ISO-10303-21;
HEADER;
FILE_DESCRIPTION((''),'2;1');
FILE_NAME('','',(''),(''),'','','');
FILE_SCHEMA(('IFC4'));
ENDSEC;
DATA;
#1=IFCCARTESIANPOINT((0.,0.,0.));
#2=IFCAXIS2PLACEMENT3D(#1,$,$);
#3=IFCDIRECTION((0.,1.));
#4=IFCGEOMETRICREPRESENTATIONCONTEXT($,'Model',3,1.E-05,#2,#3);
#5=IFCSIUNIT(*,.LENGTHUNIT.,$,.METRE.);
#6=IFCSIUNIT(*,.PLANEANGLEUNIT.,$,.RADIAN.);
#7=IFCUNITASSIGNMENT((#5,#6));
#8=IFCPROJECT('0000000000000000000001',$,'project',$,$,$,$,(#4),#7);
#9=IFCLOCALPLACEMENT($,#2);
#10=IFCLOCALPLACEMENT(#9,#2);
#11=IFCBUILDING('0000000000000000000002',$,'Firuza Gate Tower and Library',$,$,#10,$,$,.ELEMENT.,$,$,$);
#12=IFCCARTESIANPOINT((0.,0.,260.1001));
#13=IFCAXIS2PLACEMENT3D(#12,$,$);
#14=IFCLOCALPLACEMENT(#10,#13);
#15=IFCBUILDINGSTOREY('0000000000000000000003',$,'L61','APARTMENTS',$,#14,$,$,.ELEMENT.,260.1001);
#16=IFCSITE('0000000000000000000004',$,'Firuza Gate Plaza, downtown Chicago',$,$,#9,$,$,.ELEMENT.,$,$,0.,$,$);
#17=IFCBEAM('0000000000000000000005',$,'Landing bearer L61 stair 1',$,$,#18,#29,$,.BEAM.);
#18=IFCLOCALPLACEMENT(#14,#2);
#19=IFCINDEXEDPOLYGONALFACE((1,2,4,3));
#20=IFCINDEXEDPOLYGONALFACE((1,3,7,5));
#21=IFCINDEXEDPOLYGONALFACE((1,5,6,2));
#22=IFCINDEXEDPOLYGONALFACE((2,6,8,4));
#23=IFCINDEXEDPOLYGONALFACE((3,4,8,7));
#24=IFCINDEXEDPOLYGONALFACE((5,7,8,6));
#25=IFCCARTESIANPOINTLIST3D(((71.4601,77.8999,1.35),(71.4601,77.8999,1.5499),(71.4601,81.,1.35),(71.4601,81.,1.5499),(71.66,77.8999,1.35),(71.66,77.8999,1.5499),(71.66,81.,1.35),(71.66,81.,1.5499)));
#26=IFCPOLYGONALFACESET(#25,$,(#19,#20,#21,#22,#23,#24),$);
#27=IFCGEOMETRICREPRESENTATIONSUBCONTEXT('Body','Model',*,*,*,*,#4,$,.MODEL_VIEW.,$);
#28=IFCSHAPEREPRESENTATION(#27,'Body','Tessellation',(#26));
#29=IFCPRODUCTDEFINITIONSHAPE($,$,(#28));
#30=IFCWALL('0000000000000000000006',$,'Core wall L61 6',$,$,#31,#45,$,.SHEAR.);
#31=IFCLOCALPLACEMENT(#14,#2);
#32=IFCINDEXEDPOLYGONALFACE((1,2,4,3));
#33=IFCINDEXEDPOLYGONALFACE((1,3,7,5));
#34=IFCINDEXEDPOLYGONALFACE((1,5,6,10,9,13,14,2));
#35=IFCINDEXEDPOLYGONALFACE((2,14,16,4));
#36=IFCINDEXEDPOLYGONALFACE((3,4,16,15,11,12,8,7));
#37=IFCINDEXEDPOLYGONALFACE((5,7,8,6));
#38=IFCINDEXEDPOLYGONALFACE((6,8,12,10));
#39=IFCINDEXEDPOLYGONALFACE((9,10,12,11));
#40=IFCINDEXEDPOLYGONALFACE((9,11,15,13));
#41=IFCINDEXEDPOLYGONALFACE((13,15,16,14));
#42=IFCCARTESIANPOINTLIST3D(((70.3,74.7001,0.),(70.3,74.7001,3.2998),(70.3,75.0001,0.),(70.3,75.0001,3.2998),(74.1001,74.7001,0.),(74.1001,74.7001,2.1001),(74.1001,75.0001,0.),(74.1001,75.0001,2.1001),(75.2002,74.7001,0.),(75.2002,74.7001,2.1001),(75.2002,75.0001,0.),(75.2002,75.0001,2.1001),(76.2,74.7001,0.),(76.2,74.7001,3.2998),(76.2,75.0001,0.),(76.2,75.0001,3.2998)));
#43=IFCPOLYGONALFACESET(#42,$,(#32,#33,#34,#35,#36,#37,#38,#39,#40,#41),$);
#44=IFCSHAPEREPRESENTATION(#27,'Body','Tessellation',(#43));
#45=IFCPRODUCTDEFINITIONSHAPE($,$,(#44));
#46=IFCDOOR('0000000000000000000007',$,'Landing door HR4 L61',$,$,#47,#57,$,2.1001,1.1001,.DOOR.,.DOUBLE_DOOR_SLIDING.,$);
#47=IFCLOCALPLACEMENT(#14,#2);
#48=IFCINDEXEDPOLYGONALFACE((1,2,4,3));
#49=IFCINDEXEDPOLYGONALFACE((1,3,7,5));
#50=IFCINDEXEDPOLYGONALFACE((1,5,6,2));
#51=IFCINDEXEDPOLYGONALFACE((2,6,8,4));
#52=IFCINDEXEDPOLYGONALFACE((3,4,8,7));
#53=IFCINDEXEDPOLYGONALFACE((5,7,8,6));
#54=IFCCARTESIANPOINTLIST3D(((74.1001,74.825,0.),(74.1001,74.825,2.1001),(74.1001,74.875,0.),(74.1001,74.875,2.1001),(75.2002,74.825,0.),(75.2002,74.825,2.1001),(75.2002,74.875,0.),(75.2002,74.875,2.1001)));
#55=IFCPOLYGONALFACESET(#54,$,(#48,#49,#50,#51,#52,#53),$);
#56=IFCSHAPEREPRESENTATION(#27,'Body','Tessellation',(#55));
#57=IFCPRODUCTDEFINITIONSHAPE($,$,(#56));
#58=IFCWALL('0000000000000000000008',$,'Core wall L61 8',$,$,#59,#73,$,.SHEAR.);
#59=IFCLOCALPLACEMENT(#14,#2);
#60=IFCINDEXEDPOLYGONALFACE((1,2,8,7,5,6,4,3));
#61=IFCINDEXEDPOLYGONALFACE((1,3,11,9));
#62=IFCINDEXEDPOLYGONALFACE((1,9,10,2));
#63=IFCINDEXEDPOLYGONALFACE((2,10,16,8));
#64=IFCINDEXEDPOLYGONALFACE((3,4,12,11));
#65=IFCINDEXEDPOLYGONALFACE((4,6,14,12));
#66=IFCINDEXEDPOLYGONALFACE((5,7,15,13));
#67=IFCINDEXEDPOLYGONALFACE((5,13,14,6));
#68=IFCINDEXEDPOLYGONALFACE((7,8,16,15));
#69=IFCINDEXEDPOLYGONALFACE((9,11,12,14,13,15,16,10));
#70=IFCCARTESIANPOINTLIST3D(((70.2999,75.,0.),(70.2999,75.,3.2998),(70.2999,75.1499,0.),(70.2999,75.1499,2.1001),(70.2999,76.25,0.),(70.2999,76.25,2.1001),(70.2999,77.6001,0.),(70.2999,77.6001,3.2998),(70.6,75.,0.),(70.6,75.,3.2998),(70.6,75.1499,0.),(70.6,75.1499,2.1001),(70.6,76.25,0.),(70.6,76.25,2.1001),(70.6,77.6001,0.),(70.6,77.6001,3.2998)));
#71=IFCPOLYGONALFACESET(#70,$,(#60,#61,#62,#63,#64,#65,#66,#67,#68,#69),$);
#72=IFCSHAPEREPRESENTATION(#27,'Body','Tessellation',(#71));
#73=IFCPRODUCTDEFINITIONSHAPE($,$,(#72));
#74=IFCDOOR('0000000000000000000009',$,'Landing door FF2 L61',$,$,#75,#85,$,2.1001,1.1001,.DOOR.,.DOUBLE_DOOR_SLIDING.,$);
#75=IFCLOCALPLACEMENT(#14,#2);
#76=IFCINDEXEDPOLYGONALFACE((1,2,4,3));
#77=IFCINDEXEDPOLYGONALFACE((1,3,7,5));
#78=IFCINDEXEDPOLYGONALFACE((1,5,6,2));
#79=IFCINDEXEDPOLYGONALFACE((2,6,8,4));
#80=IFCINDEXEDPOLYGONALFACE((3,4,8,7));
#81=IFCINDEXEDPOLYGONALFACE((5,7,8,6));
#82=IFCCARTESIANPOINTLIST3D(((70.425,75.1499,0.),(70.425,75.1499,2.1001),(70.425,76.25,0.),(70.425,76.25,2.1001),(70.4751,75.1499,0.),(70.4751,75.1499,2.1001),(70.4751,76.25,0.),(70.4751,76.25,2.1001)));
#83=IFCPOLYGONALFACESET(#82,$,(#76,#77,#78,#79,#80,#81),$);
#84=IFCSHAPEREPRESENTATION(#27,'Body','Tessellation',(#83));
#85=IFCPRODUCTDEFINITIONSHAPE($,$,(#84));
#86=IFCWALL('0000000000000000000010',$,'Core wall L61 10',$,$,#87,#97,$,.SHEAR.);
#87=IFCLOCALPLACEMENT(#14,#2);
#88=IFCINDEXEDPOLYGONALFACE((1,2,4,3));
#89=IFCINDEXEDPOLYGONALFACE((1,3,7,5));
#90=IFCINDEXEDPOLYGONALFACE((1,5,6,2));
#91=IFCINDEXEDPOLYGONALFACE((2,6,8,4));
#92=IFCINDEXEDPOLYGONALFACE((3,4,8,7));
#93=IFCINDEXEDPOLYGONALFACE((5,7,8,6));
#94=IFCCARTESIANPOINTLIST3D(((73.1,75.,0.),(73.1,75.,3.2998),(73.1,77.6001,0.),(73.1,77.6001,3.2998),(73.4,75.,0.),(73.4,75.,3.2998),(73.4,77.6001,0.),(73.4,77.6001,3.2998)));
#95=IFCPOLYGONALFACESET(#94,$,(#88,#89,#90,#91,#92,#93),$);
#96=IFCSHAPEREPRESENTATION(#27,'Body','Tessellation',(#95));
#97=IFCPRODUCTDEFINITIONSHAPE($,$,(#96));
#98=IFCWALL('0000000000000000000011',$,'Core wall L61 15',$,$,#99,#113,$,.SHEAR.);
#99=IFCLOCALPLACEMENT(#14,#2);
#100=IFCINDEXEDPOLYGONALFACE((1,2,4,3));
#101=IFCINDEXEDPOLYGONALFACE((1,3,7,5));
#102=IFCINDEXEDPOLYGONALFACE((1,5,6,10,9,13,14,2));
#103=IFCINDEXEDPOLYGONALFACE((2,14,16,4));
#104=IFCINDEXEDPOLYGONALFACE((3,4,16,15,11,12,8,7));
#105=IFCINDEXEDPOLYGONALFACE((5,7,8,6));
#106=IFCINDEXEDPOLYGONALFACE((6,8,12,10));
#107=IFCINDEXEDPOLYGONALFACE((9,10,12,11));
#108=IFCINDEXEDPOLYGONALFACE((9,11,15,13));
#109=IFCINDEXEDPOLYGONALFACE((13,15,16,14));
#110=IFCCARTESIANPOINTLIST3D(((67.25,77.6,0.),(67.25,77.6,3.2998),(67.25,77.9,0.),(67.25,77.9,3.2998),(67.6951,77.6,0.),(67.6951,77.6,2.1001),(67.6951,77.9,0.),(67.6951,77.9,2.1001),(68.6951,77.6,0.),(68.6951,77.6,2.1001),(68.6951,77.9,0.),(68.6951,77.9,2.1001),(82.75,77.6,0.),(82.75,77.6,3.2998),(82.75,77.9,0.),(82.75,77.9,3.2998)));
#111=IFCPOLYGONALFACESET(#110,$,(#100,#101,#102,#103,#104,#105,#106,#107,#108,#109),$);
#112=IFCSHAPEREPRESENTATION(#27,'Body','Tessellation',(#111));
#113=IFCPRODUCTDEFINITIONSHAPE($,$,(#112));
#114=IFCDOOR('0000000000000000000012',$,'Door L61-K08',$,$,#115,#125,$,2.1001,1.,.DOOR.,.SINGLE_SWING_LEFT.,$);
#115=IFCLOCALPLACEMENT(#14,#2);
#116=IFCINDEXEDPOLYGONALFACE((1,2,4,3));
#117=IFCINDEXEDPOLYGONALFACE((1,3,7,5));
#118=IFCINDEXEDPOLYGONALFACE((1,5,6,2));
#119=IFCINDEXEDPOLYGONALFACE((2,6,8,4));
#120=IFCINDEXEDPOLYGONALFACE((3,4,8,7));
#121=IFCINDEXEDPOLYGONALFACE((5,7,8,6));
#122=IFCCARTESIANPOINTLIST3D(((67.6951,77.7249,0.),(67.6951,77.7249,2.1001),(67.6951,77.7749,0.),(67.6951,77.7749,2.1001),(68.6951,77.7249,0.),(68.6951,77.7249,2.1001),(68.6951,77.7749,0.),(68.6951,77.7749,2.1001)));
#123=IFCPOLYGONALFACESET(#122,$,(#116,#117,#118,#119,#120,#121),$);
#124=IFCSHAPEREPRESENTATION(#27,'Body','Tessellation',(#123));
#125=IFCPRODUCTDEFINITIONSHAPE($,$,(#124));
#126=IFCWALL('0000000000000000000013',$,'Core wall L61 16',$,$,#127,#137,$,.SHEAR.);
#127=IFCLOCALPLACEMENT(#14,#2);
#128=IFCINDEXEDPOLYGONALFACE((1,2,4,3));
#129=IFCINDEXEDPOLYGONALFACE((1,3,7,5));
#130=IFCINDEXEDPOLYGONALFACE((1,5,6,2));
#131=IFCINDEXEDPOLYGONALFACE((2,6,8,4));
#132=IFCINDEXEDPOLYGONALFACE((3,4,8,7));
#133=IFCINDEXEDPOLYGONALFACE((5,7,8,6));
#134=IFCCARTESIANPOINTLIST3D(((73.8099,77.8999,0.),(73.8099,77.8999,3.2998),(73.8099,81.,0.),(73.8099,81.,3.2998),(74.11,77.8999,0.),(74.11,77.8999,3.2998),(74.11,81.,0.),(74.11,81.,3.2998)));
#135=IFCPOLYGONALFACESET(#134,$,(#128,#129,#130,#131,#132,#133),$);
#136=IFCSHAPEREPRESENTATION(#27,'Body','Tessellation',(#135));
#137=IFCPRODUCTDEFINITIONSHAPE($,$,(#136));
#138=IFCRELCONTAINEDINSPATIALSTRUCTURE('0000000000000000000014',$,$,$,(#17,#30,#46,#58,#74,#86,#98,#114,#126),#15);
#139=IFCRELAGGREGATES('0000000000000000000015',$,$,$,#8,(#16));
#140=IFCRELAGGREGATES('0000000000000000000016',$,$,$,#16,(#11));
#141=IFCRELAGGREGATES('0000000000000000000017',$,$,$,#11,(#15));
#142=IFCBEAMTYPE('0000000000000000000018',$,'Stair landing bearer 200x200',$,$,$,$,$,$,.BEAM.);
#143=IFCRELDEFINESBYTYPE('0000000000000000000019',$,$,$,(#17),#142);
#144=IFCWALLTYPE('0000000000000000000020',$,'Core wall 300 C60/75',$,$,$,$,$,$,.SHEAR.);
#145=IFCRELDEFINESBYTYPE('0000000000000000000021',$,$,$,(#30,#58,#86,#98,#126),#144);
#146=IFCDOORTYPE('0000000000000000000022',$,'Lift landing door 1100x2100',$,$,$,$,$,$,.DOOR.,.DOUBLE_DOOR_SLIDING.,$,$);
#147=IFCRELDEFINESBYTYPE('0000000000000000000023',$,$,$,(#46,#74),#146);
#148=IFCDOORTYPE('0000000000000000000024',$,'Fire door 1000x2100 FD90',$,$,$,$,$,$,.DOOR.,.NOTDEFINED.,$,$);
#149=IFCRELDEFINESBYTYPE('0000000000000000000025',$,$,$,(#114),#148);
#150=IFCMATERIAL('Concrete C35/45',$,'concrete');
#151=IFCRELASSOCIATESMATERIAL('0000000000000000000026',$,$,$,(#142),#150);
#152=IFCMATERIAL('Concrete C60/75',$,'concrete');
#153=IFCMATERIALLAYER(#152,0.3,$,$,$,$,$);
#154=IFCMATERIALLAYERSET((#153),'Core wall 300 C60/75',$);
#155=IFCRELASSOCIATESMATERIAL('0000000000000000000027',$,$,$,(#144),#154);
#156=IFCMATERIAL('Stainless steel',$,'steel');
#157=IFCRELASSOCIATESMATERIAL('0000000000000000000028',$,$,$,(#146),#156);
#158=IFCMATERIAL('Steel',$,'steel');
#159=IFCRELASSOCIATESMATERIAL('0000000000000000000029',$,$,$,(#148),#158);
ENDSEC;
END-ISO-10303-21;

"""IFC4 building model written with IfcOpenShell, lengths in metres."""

from ifc_helpers import new_model, si_unit, direction, frame, frame_2d, origin, origin_2d, place, context, subcontext, project, spatial, rectangle, extrude, material, layer, layer_set, material_profile, profile_set, type_object, element, fill, save


model = new_model("IFC4")

# Units and contexts
model_context = context("Model", 3, precision=1e-05, world=origin(), true_north=direction((0.0, 1.0)))
body_context = subcontext(model_context, "Body", "Model", "MODEL_VIEW")
ifc_project = project(units=[si_unit("LENGTHUNIT", "METRE"), si_unit("PLANEANGLEUNIT", "RADIAN")], contexts=[model_context])

# Site, building, storey
site_placement = place(None, origin())
site = spatial("IfcSite", under=ifc_project, at=site_placement, Name="Firuza Gate Plaza, downtown Chicago", CompositionType="ELEMENT", RefElevation=0.0)
building_placement = place(site_placement, origin())
building = spatial("IfcBuilding", under=site, at=building_placement, Name="Firuza Gate Tower and Library", CompositionType="ELEMENT")
storey_placement = place(building_placement, frame((0.0, 0.0, 260.1001)))
storey = spatial("IfcBuildingStorey", under=building, at=storey_placement, Name="L61", Description="APARTMENTS", CompositionType="ELEMENT", Elevation=260.1001)

# Beam
ifc_material_1 = material(Name="Concrete C35/45", Category="concrete")
ifc_material_profile = material_profile(ifc_material_1, rectangle(XDim=0.2, YDim=0.2, at=origin_2d()))
ifc_profile_set = profile_set([ifc_material_profile], Name="Concrete C35/45")
beam_type = type_object("IfcBeamType", Name="Stair landing bearer 200x200", PredefinedType="BEAM", material=ifc_profile_set)
beam_placement = place(storey_placement, frame((71.5601, 77.8999, 1.45), z_axis=(0.0, 1.0, 0.0), x_axis=(-1.0, 0.0, 0.0)))
element("IfcBeam", 1, at=beam_placement, inside=storey, type_object=beam_type, Name="Landing bearer L61 stair 1", PredefinedType="BEAM", context=body_context, shape_type="SweptSolid", body=[
    extrude(rectangle(XDim=0.2, YDim=0.2, at=origin_2d()), origin(), (0.0, 0.0, 1.0), 3.1001),
])

# Walls, openings, doors
ifc_material_2 = material(Name="Concrete C60/75", Category="concrete")
ifc_layer_1 = layer(ifc_material_2, 0.3)
ifc_layer_set_1 = layer_set([ifc_layer_1], Name="Core wall 300 C60/75")
wall_type_1 = type_object("IfcWallType", Name="Core wall 300 C60/75", PredefinedType="SHEAR", material=ifc_layer_set_1)
wall_1_placement = place(storey_placement, frame((70.3, 74.8501, 0.0), z_axis=(0.0, 0.0, 1.0), x_axis=(1.0, 0.0, 0.0)))
wall_1 = element("IfcWall", 2, at=wall_1_placement, inside=storey, type_object=wall_type_1, Name="Core wall L61 6", PredefinedType="SHEAR", context=body_context, shape_type="SweptSolid", body=[
    extrude(rectangle(XDim=5.8999, YDim=0.3, at=frame_2d((2.95, 0.0))), origin(), (0.0, 0.0, 1.0), 3.2998),
])
opening_1_placement = place(wall_1_placement, frame((3.8, 0.0, 0.0)))
opening_1 = element("IfcOpeningElement", 3, at=opening_1_placement, cuts=wall_1, PredefinedType="OPENING", context=body_context, shape_type="SweptSolid", body=[
    extrude(rectangle(XDim=1.1001, YDim=2.1001, at=frame_2d((0.55, 1.05))), frame((0.0, 0.1602, 0.0), z_axis=(0.0, -1.0, 0.0), x_axis=(1.0, 0.0, 0.0)), (0.0, 0.0, 1.0), 0.3201),
])
ifc_material_3 = material(Name="Stainless steel", Category="steel")
door_type_1 = type_object("IfcDoorType", Name="Lift landing door 1100x2100", OperationType="DOUBLE_DOOR_SLIDING", PredefinedType="DOOR", material=ifc_material_3)
door_1_placement = place(opening_1_placement, origin())
door_1 = element("IfcDoor", 4, at=door_1_placement, inside=storey, type_object=door_type_1, Name="Landing door HR4 L61", OperationType="DOUBLE_DOOR_SLIDING", OverallHeight=2.1001, OverallWidth=1.1001, PredefinedType="DOOR", context=body_context, shape_type="SweptSolid", body=[
    extrude(rectangle(XDim=1.1001, YDim=2.1001, at=frame_2d((0.55, 1.05))), frame((0.0, 0.0249, 0.0), z_axis=(0.0, -1.0, 0.0), x_axis=(1.0, 0.0, 0.0)), (0.0, 0.0, 1.0), 0.05),
])
fill(opening_1, door_1)
wall_2_placement = place(storey_placement, frame((70.45, 75.0, 0.0), z_axis=(0.0, 0.0, 1.0), x_axis=(0.0, 1.0, 0.0)))
wall_2 = element("IfcWall", 5, at=wall_2_placement, inside=storey, type_object=wall_type_1, Name="Core wall L61 8", PredefinedType="SHEAR", context=body_context, shape_type="SweptSolid", body=[
    extrude(rectangle(XDim=2.6001, YDim=0.3, at=frame_2d((1.3, 0.0))), origin(), (0.0, 0.0, 1.0), 3.2998),
])
opening_2_placement = place(wall_2_placement, frame((0.1499, 0.0, 0.0)))
opening_2 = element("IfcOpeningElement", 6, at=opening_2_placement, cuts=wall_2, PredefinedType="OPENING", context=body_context, shape_type="SweptSolid", body=[
    extrude(rectangle(XDim=1.1001, YDim=2.1001, at=frame_2d((0.55, 1.05))), frame((0.0, 0.1602, 0.0), z_axis=(0.0, -1.0, 0.0), x_axis=(1.0, 0.0, 0.0)), (0.0, 0.0, 1.0), 0.3201),
])
door_2_placement = place(opening_2_placement, origin())
door_2 = element("IfcDoor", 7, at=door_2_placement, inside=storey, type_object=door_type_1, Name="Landing door FF2 L61", OperationType="DOUBLE_DOOR_SLIDING", OverallHeight=2.1001, OverallWidth=1.1001, PredefinedType="DOOR", context=body_context, shape_type="SweptSolid", body=[
    extrude(rectangle(XDim=1.1001, YDim=2.1001, at=frame_2d((0.55, 1.05))), frame((0.0, 0.0249, 0.0), z_axis=(0.0, -1.0, 0.0), x_axis=(1.0, 0.0, 0.0)), (0.0, 0.0, 1.0), 0.05),
])
fill(opening_2, door_2)

# Wall
wall_3_placement = place(storey_placement, frame((73.25, 75.0, 0.0), z_axis=(0.0, 0.0, 1.0), x_axis=(0.0, 1.0, 0.0)))
element("IfcWall", 8, at=wall_3_placement, inside=storey, type_object=wall_type_1, Name="Core wall L61 10", PredefinedType="SHEAR", context=body_context, shape_type="SweptSolid", body=[
    extrude(rectangle(XDim=2.6001, YDim=0.3, at=frame_2d((1.3, 0.0))), origin(), (0.0, 0.0, 1.0), 3.2998),
])

# Wall, opening, door
wall_4_placement = place(storey_placement, frame((67.25, 77.75, 0.0), z_axis=(0.0, 0.0, 1.0), x_axis=(1.0, 0.0, 0.0)))
wall_4 = element("IfcWall", 9, at=wall_4_placement, inside=storey, type_object=wall_type_1, Name="Core wall L61 15", PredefinedType="SHEAR", context=body_context, shape_type="SweptSolid", body=[
    extrude(rectangle(XDim=15.5, YDim=0.3, at=frame_2d((7.75, 0.0))), origin(), (0.0, 0.0, 1.0), 3.2998),
])
opening_3_placement = place(wall_4_placement, frame((0.4451, 0.0, 0.0)))
opening_3 = element("IfcOpeningElement", 10, at=opening_3_placement, cuts=wall_4, PredefinedType="OPENING", context=body_context, shape_type="SweptSolid", body=[
    extrude(rectangle(XDim=1.0, YDim=2.1001, at=frame_2d((0.5, 1.05))), frame((0.0, 0.1602, 0.0), z_axis=(0.0, -1.0, 0.0), x_axis=(1.0, 0.0, 0.0)), (0.0, 0.0, 1.0), 0.3201),
])
ifc_material_4 = material(Name="Steel", Category="steel")
door_type_2 = type_object("IfcDoorType", Name="Fire door 1000x2100 FD90", OperationType="NOTDEFINED", PredefinedType="DOOR", material=ifc_material_4)
door_3_placement = place(opening_3_placement, origin())
door_3 = element("IfcDoor", 11, at=door_3_placement, inside=storey, type_object=door_type_2, Name="Door L61-K08", OperationType="SINGLE_SWING_LEFT", OverallHeight=2.1001, OverallWidth=1.0, PredefinedType="DOOR", context=body_context, shape_type="SweptSolid", body=[
    extrude(rectangle(XDim=1.0, YDim=2.1001, at=frame_2d((0.5, 1.05))), frame((0.0, 0.0249, 0.0), z_axis=(0.0, -1.0, 0.0), x_axis=(1.0, 0.0, 0.0)), (0.0, 0.0, 1.0), 0.05),
])
fill(opening_3, door_3)

# Wall
wall_5_placement = place(storey_placement, frame((73.96, 77.8999, 0.0), z_axis=(0.0, 0.0, 1.0), x_axis=(0.0, 1.0, 0.0)))
element("IfcWall", 12, at=wall_5_placement, inside=storey, type_object=wall_type_1, Name="Core wall L61 16", PredefinedType="SHEAR", context=body_context, shape_type="SweptSolid", body=[
    extrude(rectangle(XDim=3.1001, YDim=0.3, at=frame_2d((1.55, 0.0))), origin(), (0.0, 0.0, 1.0), 3.2998),
])

save(model, "model.ifc")
